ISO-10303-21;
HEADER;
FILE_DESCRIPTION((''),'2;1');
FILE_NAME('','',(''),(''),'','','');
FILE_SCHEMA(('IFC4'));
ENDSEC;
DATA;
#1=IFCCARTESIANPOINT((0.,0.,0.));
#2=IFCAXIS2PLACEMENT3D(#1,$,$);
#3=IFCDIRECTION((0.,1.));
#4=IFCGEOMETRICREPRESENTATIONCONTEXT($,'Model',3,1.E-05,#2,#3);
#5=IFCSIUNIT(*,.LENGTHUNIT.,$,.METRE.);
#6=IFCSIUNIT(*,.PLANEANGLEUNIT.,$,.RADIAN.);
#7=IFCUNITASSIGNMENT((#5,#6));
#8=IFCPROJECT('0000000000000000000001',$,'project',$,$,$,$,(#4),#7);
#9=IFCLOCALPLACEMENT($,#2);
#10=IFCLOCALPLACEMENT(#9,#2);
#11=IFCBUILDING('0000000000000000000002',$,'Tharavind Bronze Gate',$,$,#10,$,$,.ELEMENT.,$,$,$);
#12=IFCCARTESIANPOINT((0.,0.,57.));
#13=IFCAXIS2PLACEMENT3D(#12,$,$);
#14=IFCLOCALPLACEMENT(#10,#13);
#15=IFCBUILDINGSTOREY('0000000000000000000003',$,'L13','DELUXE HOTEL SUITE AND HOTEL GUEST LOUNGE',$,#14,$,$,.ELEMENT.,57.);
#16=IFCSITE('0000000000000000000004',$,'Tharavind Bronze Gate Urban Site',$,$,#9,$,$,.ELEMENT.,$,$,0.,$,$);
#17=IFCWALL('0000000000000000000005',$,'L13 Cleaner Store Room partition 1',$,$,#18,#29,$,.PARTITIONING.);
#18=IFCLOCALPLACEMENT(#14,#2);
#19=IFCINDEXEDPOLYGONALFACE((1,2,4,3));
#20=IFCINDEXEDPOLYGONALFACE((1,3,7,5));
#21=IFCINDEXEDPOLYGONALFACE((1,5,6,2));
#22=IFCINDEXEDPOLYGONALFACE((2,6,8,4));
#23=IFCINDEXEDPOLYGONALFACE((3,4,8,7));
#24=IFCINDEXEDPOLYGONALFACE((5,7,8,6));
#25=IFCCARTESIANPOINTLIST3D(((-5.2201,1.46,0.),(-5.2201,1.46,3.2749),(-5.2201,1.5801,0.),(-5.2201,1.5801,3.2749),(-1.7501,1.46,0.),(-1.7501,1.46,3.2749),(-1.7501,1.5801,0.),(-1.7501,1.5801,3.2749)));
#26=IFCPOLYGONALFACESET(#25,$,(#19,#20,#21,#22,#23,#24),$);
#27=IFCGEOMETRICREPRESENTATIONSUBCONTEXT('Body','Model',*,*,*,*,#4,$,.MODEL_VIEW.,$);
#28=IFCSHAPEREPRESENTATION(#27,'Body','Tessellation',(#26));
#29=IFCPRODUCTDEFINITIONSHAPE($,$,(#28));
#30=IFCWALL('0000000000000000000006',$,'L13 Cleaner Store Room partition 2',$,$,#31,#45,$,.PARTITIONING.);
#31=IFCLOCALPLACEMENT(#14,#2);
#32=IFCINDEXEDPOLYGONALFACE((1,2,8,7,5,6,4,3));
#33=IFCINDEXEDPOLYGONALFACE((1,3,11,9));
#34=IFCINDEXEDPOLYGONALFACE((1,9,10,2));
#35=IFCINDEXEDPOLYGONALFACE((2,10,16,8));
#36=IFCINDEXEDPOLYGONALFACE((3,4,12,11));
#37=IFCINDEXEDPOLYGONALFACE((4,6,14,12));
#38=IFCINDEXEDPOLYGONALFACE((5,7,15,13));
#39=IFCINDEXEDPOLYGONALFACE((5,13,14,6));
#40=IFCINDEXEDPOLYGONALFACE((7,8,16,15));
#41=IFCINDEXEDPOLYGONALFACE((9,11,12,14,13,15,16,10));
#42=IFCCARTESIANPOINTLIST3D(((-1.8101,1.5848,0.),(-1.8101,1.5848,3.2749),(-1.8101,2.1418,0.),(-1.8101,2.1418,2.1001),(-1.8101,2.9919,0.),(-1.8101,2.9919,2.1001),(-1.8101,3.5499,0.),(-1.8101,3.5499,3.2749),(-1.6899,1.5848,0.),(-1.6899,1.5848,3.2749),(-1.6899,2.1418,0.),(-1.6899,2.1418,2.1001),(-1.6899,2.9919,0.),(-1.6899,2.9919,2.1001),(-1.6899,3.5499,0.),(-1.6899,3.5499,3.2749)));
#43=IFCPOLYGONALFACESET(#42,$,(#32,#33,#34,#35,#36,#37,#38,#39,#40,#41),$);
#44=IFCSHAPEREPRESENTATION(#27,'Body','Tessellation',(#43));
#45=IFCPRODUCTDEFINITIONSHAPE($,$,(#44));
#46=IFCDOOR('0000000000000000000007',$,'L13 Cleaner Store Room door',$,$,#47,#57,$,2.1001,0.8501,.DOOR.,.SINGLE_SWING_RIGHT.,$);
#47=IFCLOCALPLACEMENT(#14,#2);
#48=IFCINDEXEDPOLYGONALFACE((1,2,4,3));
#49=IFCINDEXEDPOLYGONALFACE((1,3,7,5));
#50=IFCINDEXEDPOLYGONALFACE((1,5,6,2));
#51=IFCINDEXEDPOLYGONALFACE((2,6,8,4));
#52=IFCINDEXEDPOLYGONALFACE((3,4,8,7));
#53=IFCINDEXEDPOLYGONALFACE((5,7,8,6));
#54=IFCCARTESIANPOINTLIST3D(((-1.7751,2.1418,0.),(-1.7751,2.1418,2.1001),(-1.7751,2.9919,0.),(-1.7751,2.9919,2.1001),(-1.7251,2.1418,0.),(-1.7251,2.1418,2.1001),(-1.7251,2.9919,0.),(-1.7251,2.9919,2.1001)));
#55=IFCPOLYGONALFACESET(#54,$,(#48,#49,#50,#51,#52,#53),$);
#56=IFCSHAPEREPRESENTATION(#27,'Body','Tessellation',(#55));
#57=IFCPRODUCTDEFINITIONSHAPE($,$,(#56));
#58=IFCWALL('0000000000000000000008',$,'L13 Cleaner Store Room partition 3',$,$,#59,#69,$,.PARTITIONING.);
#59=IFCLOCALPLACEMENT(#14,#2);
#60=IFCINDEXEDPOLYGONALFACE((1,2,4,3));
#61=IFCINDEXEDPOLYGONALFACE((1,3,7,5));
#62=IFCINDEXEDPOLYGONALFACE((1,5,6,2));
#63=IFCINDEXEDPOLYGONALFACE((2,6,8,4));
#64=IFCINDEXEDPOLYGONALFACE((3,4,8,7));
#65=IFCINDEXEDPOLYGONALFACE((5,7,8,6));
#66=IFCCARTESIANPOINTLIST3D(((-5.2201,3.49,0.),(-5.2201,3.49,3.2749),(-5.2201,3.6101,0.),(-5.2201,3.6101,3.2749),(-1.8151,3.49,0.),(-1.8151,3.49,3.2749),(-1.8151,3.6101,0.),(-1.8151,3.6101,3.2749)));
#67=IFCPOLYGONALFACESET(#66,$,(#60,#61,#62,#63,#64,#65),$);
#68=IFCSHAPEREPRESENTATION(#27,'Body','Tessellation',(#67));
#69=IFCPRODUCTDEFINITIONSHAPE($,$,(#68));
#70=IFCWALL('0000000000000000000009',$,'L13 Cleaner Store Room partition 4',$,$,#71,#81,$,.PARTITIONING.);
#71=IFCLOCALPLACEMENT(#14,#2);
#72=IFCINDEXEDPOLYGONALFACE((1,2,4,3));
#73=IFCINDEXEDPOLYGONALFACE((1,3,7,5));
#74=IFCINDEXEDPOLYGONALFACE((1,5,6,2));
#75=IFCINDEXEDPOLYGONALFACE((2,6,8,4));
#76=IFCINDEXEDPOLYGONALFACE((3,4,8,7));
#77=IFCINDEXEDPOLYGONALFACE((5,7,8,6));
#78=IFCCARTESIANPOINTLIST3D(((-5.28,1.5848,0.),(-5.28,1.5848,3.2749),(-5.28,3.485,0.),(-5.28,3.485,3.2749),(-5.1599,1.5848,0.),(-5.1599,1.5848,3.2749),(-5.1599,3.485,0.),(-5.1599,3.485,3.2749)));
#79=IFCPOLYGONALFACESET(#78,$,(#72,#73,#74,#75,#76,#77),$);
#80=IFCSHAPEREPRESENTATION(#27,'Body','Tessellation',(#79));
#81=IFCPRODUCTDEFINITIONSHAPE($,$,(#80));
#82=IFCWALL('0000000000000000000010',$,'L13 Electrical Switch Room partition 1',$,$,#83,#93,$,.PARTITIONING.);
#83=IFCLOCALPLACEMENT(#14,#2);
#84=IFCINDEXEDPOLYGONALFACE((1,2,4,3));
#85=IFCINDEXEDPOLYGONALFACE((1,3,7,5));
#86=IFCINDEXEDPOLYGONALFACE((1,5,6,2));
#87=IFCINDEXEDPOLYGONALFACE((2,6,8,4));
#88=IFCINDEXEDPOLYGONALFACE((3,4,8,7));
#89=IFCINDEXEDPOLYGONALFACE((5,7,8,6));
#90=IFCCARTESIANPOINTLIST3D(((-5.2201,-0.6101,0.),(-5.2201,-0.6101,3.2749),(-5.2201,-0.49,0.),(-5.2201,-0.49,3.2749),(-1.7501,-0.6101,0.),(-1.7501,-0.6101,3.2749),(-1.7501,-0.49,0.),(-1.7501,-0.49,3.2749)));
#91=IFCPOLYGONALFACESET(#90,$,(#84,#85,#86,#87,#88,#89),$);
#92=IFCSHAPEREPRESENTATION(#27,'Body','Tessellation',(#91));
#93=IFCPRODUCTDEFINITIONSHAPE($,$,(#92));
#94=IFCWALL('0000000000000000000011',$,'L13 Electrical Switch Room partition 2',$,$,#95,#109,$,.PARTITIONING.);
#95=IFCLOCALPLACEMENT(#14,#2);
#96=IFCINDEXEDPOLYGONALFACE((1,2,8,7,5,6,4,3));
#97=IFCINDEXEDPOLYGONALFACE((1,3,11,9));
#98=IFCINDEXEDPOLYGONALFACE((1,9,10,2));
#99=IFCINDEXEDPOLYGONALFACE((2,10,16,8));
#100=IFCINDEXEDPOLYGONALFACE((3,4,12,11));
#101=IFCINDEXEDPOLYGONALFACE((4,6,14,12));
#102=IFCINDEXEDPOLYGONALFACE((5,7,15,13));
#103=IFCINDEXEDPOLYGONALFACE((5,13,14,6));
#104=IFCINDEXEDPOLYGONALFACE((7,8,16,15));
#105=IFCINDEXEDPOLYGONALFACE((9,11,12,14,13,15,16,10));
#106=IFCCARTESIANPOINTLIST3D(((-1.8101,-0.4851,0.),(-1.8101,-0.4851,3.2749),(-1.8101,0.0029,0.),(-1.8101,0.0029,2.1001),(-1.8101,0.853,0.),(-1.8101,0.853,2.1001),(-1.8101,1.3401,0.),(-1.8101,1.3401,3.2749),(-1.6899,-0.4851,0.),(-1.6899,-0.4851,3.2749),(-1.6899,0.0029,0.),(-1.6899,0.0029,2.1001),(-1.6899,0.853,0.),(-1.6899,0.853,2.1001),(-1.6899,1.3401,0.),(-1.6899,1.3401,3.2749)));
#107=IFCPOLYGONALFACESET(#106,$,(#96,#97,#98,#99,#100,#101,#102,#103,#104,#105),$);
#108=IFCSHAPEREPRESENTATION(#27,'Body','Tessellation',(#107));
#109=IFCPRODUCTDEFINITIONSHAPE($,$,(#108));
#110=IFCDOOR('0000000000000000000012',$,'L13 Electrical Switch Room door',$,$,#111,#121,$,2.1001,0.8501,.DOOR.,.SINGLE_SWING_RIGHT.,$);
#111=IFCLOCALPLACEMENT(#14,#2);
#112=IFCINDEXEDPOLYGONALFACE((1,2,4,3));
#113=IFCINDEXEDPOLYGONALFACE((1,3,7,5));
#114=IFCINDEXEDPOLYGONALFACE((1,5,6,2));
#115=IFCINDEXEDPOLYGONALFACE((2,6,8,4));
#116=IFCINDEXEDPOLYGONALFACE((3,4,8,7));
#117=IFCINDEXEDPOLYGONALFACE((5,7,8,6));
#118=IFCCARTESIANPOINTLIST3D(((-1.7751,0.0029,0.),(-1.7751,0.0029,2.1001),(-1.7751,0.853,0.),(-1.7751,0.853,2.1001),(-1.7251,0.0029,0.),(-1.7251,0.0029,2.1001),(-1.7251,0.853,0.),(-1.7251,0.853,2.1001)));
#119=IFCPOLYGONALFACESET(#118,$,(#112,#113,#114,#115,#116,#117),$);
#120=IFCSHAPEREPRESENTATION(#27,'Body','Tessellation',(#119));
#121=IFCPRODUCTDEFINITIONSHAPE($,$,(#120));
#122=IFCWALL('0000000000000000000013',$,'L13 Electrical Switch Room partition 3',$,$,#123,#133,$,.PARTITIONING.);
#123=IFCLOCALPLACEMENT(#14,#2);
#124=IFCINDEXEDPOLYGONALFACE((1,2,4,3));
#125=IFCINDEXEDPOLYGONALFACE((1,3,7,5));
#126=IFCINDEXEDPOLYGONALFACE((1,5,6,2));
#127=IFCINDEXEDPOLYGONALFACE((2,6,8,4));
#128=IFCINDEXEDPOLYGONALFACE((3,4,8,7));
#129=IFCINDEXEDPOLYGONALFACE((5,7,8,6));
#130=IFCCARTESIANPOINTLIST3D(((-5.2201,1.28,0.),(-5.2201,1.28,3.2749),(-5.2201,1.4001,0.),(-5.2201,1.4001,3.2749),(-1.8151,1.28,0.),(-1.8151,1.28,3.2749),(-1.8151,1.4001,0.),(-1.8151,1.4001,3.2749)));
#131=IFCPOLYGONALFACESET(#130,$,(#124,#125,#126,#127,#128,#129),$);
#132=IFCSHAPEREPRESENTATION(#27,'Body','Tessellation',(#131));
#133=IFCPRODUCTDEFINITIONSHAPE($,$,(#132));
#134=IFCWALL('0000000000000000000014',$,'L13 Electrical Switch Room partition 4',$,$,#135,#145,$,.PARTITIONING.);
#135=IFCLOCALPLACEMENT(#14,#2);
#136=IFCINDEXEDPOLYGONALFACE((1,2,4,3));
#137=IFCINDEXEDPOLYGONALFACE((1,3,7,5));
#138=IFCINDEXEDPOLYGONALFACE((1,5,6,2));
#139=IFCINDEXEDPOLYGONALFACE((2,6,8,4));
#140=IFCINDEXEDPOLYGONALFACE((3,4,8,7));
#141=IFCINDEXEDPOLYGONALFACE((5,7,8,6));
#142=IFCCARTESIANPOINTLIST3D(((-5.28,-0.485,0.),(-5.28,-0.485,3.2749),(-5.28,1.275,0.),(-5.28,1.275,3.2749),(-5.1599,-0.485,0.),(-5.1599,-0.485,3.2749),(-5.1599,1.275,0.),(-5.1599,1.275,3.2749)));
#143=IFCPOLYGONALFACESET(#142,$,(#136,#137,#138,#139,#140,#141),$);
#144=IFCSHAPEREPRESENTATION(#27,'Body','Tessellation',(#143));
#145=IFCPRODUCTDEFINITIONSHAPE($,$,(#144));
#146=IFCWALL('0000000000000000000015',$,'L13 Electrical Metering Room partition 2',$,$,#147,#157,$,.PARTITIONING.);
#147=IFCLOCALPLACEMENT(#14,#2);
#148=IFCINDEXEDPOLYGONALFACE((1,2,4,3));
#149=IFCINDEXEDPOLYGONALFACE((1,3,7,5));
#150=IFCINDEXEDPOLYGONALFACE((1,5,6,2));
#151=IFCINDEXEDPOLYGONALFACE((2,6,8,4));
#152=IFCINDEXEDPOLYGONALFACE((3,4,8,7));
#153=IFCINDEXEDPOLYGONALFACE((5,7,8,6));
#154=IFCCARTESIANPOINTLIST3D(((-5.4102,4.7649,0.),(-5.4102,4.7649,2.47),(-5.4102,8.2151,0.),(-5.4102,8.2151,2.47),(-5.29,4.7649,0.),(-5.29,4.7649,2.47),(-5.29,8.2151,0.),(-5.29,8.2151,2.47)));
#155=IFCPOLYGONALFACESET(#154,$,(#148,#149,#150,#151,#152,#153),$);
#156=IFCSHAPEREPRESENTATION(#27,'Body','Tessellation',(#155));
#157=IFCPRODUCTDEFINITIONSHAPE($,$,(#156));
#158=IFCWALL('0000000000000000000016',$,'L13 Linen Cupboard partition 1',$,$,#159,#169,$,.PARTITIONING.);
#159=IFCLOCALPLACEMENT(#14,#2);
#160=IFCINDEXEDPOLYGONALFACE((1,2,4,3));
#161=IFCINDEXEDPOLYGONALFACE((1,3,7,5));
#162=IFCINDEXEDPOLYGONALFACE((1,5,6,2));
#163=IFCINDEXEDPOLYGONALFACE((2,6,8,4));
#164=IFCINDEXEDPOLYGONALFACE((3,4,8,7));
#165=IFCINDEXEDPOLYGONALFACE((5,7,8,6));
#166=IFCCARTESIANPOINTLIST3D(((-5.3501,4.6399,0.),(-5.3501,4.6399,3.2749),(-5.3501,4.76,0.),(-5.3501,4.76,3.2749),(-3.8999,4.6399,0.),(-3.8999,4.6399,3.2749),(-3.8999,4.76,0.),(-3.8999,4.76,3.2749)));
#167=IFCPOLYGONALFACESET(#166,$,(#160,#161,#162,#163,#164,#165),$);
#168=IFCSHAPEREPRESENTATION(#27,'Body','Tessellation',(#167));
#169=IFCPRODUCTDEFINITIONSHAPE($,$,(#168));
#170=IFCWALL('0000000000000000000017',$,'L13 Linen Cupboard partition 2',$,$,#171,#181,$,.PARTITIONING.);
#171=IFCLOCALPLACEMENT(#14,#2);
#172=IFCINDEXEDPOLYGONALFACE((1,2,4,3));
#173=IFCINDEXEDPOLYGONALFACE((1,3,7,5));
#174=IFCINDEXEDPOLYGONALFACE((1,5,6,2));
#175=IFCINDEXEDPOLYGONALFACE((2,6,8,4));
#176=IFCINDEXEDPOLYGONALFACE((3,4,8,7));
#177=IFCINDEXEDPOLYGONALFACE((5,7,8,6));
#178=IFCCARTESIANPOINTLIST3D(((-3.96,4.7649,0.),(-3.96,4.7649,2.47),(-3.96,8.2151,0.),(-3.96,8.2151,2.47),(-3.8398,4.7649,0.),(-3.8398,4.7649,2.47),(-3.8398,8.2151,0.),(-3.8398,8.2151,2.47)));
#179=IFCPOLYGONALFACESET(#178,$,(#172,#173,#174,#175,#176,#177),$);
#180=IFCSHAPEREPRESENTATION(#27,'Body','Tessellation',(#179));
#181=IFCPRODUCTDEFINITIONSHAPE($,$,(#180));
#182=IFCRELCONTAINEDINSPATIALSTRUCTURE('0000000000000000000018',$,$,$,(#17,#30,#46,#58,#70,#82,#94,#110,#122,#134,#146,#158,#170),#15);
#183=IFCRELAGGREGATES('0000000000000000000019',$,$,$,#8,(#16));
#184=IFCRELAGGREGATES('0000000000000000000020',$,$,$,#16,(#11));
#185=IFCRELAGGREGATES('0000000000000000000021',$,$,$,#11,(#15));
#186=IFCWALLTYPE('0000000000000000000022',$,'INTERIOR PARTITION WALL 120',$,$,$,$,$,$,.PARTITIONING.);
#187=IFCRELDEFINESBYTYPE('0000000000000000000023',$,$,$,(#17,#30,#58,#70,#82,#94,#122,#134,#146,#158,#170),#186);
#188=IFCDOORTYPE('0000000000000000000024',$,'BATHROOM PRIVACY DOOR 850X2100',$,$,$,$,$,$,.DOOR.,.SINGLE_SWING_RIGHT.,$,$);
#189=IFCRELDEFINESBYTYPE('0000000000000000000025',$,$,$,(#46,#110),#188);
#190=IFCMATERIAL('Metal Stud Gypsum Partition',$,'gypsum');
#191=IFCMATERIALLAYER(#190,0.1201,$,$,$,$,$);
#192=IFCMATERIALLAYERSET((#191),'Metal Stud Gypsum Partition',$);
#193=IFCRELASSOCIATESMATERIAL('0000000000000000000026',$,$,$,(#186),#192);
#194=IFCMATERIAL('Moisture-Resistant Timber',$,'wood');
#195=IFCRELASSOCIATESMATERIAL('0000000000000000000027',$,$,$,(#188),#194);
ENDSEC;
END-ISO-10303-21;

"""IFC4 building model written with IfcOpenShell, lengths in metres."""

from ifc_helpers import new_model, si_unit, direction, frame, frame_2d, origin, place, context, subcontext, project, spatial, rectangle, extrude, material, layer, layer_set, type_object, element, fill, save


model = new_model("IFC4")

# Units and contexts
model_context = context("Model", 3, precision=1e-05, world=origin(), true_north=direction((0.0, 1.0)))
body_context = subcontext(model_context, "Body", "Model", "MODEL_VIEW")
ifc_project = project(units=[si_unit("LENGTHUNIT", "METRE"), si_unit("PLANEANGLEUNIT", "RADIAN")], contexts=[model_context])

# Site, building, storey
site_placement = place(None, origin())
site = spatial("IfcSite", under=ifc_project, at=site_placement, Name="Tharavind Bronze Gate Urban Site", CompositionType="ELEMENT", RefElevation=0.0)
building_placement = place(site_placement, origin())
building = spatial("IfcBuilding", under=site, at=building_placement, Name="Tharavind Bronze Gate", CompositionType="ELEMENT")
storey_placement = place(building_placement, frame((0.0, 0.0, 57.0)))
storey = spatial("IfcBuildingStorey", under=building, at=storey_placement, Name="L13", Description="DELUXE HOTEL SUITE AND HOTEL GUEST LOUNGE", CompositionType="ELEMENT", Elevation=57.0)

# Wall
ifc_material_1 = material(Name="Metal Stud Gypsum Partition", Category="gypsum")
ifc_layer_1 = layer(ifc_material_1, 0.1201)
ifc_layer_set_1 = layer_set([ifc_layer_1], Name="Metal Stud Gypsum Partition")
wall_type_1 = type_object("IfcWallType", Name="INTERIOR PARTITION WALL 120", PredefinedType="PARTITIONING", material=ifc_layer_set_1)
wall_1_placement = place(storey_placement, frame((-5.22, 1.52, 0.0), z_axis=(0.0, 0.0, 1.0), x_axis=(1.0, 0.0, 0.0)))
element("IfcWall", 1, at=wall_1_placement, inside=storey, type_object=wall_type_1, Name="L13 Cleaner Store Room partition 1", PredefinedType="PARTITIONING", context=body_context, shape_type="SweptSolid", body=[
    extrude(rectangle(XDim=3.47, YDim=0.1201, at=frame_2d((1.7349, 0.0))), origin(), (0.0, 0.0, 1.0), 3.2749),
])

# Wall, opening, door
wall_2_placement = place(storey_placement, frame((-1.75, 1.585, 0.0), z_axis=(0.0, 0.0, 1.0), x_axis=(0.0, 1.0, 0.0)))
wall_2 = element("IfcWall", 2, at=wall_2_placement, inside=storey, type_object=wall_type_1, Name="L13 Cleaner Store Room partition 2", PredefinedType="PARTITIONING", context=body_context, shape_type="SweptSolid", body=[
    extrude(rectangle(XDim=1.9651, YDim=0.1201, at=frame_2d((0.9824, 0.0))), origin(), (0.0, 0.0, 1.0), 3.2749),
])
opening_1_placement = place(wall_2_placement, frame((0.5569, 0.0, 0.0)))
opening_1 = element("IfcOpeningElement", 3, at=opening_1_placement, cuts=wall_2, PredefinedType="OPENING", context=body_context, shape_type="SweptSolid", body=[
    extrude(rectangle(XDim=0.8501, YDim=2.1001, at=frame_2d((0.425, 1.05))), frame((0.0, 0.0701, 0.0), z_axis=(0.0, -1.0, 0.0), x_axis=(1.0, 0.0, 0.0)), (0.0, 0.0, 1.0), 0.1401),
])
ifc_material_2 = material(Name="Moisture-Resistant Timber", Category="wood")
door_type = type_object("IfcDoorType", Name="BATHROOM PRIVACY DOOR 850X2100", OperationType="SINGLE_SWING_RIGHT", PredefinedType="DOOR", material=ifc_material_2)
door_1_placement = place(opening_1_placement, frame((0.8501, 0.0, 0.0), z_axis=(0.0, 0.0, 1.0), x_axis=(-1.0, 0.0, 0.0)))
door_1 = element("IfcDoor", 4, at=door_1_placement, inside=storey, type_object=door_type, Name="L13 Cleaner Store Room door", OperationType="SINGLE_SWING_RIGHT", OverallHeight=2.1001, OverallWidth=0.8501, PredefinedType="DOOR", context=body_context, shape_type="SweptSolid", body=[
    extrude(rectangle(XDim=0.8501, YDim=2.1001, at=frame_2d((0.425, 1.05))), frame((0.0, 0.0249, 0.0), z_axis=(0.0, -1.0, 0.0), x_axis=(1.0, 0.0, 0.0)), (0.0, 0.0, 1.0), 0.05),
])
fill(opening_1, door_1)

# Walls
wall_3_placement = place(storey_placement, frame((-1.8149, 3.55, 0.0), z_axis=(0.0, 0.0, 1.0), x_axis=(-1.0, 0.0, 0.0)))
element("IfcWall", 5, at=wall_3_placement, inside=storey, type_object=wall_type_1, Name="L13 Cleaner Store Room partition 3", PredefinedType="PARTITIONING", context=body_context, shape_type="SweptSolid", body=[
    extrude(rectangle(XDim=3.405, YDim=0.1201, at=frame_2d((1.7026, 0.0))), origin(), (0.0, 0.0, 1.0), 3.2749),
])
wall_4_placement = place(storey_placement, frame((-5.22, 3.4851, 0.0), z_axis=(0.0, 0.0, 1.0), x_axis=(0.0, -1.0, 0.0)))
element("IfcWall", 6, at=wall_4_placement, inside=storey, type_object=wall_type_1, Name="L13 Cleaner Store Room partition 4", PredefinedType="PARTITIONING", context=body_context, shape_type="SweptSolid", body=[
    extrude(rectangle(XDim=1.9001, YDim=0.1201, at=frame_2d((0.9502, 0.0))), origin(), (0.0, 0.0, 1.0), 3.2749),
])
wall_5_placement = place(storey_placement, frame((-5.22, -0.55, 0.0), z_axis=(0.0, 0.0, 1.0), x_axis=(1.0, 0.0, 0.0)))
element("IfcWall", 7, at=wall_5_placement, inside=storey, type_object=wall_type_1, Name="L13 Electrical Switch Room partition 1", PredefinedType="PARTITIONING", context=body_context, shape_type="SweptSolid", body=[
    extrude(rectangle(XDim=3.47, YDim=0.1201, at=frame_2d((1.7349, 0.0))), origin(), (0.0, 0.0, 1.0), 3.2749),
])

# Wall, opening, door
wall_6_placement = place(storey_placement, frame((-1.75, -0.4851, 0.0), z_axis=(0.0, 0.0, 1.0), x_axis=(0.0, 1.0, 0.0)))
wall_6 = element("IfcWall", 8, at=wall_6_placement, inside=storey, type_object=wall_type_1, Name="L13 Electrical Switch Room partition 2", PredefinedType="PARTITIONING", context=body_context, shape_type="SweptSolid", body=[
    extrude(rectangle(XDim=1.8252, YDim=0.1201, at=frame_2d((0.9126, 0.0))), origin(), (0.0, 0.0, 1.0), 3.2749),
])
opening_2_placement = place(wall_6_placement, frame((0.488, 0.0, 0.0)))
opening_2 = element("IfcOpeningElement", 9, at=opening_2_placement, cuts=wall_6, PredefinedType="OPENING", context=body_context, shape_type="SweptSolid", body=[
    extrude(rectangle(XDim=0.8501, YDim=2.1001, at=frame_2d((0.425, 1.05))), frame((0.0, 0.0701, 0.0), z_axis=(0.0, -1.0, 0.0), x_axis=(1.0, 0.0, 0.0)), (0.0, 0.0, 1.0), 0.1401),
])
door_2_placement = place(opening_2_placement, frame((0.8501, 0.0, 0.0), z_axis=(0.0, 0.0, 1.0), x_axis=(-1.0, 0.0, 0.0)))
door_2 = element("IfcDoor", 10, at=door_2_placement, inside=storey, type_object=door_type, Name="L13 Electrical Switch Room door", OperationType="SINGLE_SWING_RIGHT", OverallHeight=2.1001, OverallWidth=0.8501, PredefinedType="DOOR", context=body_context, shape_type="SweptSolid", body=[
    extrude(rectangle(XDim=0.8501, YDim=2.1001, at=frame_2d((0.425, 1.05))), frame((0.0, 0.0249, 0.0), z_axis=(0.0, -1.0, 0.0), x_axis=(1.0, 0.0, 0.0)), (0.0, 0.0, 1.0), 0.05),
])
fill(opening_2, door_2)

# Walls
wall_7_placement = place(storey_placement, frame((-1.8149, 1.3401, 0.0), z_axis=(0.0, 0.0, 1.0), x_axis=(-1.0, 0.0, 0.0)))
element("IfcWall", 11, at=wall_7_placement, inside=storey, type_object=wall_type_1, Name="L13 Electrical Switch Room partition 3", PredefinedType="PARTITIONING", context=body_context, shape_type="SweptSolid", body=[
    extrude(rectangle(XDim=3.405, YDim=0.1201, at=frame_2d((1.7026, 0.0))), origin(), (0.0, 0.0, 1.0), 3.2749),
])
wall_8_placement = place(storey_placement, frame((-5.22, 1.2749, 0.0), z_axis=(0.0, 0.0, 1.0), x_axis=(0.0, -1.0, 0.0)))
element("IfcWall", 12, at=wall_8_placement, inside=storey, type_object=wall_type_1, Name="L13 Electrical Switch Room partition 4", PredefinedType="PARTITIONING", context=body_context, shape_type="SweptSolid", body=[
    extrude(rectangle(XDim=1.76, YDim=0.1201, at=frame_2d((0.8799, 0.0))), origin(), (0.0, 0.0, 1.0), 3.2749),
])
wall_9_placement = place(storey_placement, frame((-5.3501, 4.7649, 0.0), z_axis=(0.0, 0.0, 1.0), x_axis=(0.0, 1.0, 0.0)))
element("IfcWall", 13, at=wall_9_placement, inside=storey, type_object=wall_type_1, Name="L13 Electrical Metering Room partition 2", PredefinedType="PARTITIONING", context=body_context, shape_type="SweptSolid", body=[
    extrude(rectangle(XDim=3.4502, YDim=0.1201, at=frame_2d((1.7251, 0.0))), origin(), (0.0, 0.0, 1.0), 2.47),
])
wall_10_placement = place(storey_placement, frame((-5.3501, 4.7, 0.0), z_axis=(0.0, 0.0, 1.0), x_axis=(1.0, 0.0, 0.0)))
element("IfcWall", 14, at=wall_10_placement, inside=storey, type_object=wall_type_1, Name="L13 Linen Cupboard partition 1", PredefinedType="PARTITIONING", context=body_context, shape_type="SweptSolid", body=[
    extrude(rectangle(XDim=1.4502, YDim=0.1201, at=frame_2d((0.7251, 0.0))), origin(), (0.0, 0.0, 1.0), 3.2749),
])
wall_11_placement = place(storey_placement, frame((-3.8999, 4.7649, 0.0), z_axis=(0.0, 0.0, 1.0), x_axis=(0.0, 1.0, 0.0)))
element("IfcWall", 15, at=wall_11_placement, inside=storey, type_object=wall_type_1, Name="L13 Linen Cupboard partition 2", PredefinedType="PARTITIONING", context=body_context, shape_type="SweptSolid", body=[
    extrude(rectangle(XDim=3.4502, YDim=0.1201, at=frame_2d((1.7251, 0.0))), origin(), (0.0, 0.0, 1.0), 2.47),
])

save(model, "model.ifc")
